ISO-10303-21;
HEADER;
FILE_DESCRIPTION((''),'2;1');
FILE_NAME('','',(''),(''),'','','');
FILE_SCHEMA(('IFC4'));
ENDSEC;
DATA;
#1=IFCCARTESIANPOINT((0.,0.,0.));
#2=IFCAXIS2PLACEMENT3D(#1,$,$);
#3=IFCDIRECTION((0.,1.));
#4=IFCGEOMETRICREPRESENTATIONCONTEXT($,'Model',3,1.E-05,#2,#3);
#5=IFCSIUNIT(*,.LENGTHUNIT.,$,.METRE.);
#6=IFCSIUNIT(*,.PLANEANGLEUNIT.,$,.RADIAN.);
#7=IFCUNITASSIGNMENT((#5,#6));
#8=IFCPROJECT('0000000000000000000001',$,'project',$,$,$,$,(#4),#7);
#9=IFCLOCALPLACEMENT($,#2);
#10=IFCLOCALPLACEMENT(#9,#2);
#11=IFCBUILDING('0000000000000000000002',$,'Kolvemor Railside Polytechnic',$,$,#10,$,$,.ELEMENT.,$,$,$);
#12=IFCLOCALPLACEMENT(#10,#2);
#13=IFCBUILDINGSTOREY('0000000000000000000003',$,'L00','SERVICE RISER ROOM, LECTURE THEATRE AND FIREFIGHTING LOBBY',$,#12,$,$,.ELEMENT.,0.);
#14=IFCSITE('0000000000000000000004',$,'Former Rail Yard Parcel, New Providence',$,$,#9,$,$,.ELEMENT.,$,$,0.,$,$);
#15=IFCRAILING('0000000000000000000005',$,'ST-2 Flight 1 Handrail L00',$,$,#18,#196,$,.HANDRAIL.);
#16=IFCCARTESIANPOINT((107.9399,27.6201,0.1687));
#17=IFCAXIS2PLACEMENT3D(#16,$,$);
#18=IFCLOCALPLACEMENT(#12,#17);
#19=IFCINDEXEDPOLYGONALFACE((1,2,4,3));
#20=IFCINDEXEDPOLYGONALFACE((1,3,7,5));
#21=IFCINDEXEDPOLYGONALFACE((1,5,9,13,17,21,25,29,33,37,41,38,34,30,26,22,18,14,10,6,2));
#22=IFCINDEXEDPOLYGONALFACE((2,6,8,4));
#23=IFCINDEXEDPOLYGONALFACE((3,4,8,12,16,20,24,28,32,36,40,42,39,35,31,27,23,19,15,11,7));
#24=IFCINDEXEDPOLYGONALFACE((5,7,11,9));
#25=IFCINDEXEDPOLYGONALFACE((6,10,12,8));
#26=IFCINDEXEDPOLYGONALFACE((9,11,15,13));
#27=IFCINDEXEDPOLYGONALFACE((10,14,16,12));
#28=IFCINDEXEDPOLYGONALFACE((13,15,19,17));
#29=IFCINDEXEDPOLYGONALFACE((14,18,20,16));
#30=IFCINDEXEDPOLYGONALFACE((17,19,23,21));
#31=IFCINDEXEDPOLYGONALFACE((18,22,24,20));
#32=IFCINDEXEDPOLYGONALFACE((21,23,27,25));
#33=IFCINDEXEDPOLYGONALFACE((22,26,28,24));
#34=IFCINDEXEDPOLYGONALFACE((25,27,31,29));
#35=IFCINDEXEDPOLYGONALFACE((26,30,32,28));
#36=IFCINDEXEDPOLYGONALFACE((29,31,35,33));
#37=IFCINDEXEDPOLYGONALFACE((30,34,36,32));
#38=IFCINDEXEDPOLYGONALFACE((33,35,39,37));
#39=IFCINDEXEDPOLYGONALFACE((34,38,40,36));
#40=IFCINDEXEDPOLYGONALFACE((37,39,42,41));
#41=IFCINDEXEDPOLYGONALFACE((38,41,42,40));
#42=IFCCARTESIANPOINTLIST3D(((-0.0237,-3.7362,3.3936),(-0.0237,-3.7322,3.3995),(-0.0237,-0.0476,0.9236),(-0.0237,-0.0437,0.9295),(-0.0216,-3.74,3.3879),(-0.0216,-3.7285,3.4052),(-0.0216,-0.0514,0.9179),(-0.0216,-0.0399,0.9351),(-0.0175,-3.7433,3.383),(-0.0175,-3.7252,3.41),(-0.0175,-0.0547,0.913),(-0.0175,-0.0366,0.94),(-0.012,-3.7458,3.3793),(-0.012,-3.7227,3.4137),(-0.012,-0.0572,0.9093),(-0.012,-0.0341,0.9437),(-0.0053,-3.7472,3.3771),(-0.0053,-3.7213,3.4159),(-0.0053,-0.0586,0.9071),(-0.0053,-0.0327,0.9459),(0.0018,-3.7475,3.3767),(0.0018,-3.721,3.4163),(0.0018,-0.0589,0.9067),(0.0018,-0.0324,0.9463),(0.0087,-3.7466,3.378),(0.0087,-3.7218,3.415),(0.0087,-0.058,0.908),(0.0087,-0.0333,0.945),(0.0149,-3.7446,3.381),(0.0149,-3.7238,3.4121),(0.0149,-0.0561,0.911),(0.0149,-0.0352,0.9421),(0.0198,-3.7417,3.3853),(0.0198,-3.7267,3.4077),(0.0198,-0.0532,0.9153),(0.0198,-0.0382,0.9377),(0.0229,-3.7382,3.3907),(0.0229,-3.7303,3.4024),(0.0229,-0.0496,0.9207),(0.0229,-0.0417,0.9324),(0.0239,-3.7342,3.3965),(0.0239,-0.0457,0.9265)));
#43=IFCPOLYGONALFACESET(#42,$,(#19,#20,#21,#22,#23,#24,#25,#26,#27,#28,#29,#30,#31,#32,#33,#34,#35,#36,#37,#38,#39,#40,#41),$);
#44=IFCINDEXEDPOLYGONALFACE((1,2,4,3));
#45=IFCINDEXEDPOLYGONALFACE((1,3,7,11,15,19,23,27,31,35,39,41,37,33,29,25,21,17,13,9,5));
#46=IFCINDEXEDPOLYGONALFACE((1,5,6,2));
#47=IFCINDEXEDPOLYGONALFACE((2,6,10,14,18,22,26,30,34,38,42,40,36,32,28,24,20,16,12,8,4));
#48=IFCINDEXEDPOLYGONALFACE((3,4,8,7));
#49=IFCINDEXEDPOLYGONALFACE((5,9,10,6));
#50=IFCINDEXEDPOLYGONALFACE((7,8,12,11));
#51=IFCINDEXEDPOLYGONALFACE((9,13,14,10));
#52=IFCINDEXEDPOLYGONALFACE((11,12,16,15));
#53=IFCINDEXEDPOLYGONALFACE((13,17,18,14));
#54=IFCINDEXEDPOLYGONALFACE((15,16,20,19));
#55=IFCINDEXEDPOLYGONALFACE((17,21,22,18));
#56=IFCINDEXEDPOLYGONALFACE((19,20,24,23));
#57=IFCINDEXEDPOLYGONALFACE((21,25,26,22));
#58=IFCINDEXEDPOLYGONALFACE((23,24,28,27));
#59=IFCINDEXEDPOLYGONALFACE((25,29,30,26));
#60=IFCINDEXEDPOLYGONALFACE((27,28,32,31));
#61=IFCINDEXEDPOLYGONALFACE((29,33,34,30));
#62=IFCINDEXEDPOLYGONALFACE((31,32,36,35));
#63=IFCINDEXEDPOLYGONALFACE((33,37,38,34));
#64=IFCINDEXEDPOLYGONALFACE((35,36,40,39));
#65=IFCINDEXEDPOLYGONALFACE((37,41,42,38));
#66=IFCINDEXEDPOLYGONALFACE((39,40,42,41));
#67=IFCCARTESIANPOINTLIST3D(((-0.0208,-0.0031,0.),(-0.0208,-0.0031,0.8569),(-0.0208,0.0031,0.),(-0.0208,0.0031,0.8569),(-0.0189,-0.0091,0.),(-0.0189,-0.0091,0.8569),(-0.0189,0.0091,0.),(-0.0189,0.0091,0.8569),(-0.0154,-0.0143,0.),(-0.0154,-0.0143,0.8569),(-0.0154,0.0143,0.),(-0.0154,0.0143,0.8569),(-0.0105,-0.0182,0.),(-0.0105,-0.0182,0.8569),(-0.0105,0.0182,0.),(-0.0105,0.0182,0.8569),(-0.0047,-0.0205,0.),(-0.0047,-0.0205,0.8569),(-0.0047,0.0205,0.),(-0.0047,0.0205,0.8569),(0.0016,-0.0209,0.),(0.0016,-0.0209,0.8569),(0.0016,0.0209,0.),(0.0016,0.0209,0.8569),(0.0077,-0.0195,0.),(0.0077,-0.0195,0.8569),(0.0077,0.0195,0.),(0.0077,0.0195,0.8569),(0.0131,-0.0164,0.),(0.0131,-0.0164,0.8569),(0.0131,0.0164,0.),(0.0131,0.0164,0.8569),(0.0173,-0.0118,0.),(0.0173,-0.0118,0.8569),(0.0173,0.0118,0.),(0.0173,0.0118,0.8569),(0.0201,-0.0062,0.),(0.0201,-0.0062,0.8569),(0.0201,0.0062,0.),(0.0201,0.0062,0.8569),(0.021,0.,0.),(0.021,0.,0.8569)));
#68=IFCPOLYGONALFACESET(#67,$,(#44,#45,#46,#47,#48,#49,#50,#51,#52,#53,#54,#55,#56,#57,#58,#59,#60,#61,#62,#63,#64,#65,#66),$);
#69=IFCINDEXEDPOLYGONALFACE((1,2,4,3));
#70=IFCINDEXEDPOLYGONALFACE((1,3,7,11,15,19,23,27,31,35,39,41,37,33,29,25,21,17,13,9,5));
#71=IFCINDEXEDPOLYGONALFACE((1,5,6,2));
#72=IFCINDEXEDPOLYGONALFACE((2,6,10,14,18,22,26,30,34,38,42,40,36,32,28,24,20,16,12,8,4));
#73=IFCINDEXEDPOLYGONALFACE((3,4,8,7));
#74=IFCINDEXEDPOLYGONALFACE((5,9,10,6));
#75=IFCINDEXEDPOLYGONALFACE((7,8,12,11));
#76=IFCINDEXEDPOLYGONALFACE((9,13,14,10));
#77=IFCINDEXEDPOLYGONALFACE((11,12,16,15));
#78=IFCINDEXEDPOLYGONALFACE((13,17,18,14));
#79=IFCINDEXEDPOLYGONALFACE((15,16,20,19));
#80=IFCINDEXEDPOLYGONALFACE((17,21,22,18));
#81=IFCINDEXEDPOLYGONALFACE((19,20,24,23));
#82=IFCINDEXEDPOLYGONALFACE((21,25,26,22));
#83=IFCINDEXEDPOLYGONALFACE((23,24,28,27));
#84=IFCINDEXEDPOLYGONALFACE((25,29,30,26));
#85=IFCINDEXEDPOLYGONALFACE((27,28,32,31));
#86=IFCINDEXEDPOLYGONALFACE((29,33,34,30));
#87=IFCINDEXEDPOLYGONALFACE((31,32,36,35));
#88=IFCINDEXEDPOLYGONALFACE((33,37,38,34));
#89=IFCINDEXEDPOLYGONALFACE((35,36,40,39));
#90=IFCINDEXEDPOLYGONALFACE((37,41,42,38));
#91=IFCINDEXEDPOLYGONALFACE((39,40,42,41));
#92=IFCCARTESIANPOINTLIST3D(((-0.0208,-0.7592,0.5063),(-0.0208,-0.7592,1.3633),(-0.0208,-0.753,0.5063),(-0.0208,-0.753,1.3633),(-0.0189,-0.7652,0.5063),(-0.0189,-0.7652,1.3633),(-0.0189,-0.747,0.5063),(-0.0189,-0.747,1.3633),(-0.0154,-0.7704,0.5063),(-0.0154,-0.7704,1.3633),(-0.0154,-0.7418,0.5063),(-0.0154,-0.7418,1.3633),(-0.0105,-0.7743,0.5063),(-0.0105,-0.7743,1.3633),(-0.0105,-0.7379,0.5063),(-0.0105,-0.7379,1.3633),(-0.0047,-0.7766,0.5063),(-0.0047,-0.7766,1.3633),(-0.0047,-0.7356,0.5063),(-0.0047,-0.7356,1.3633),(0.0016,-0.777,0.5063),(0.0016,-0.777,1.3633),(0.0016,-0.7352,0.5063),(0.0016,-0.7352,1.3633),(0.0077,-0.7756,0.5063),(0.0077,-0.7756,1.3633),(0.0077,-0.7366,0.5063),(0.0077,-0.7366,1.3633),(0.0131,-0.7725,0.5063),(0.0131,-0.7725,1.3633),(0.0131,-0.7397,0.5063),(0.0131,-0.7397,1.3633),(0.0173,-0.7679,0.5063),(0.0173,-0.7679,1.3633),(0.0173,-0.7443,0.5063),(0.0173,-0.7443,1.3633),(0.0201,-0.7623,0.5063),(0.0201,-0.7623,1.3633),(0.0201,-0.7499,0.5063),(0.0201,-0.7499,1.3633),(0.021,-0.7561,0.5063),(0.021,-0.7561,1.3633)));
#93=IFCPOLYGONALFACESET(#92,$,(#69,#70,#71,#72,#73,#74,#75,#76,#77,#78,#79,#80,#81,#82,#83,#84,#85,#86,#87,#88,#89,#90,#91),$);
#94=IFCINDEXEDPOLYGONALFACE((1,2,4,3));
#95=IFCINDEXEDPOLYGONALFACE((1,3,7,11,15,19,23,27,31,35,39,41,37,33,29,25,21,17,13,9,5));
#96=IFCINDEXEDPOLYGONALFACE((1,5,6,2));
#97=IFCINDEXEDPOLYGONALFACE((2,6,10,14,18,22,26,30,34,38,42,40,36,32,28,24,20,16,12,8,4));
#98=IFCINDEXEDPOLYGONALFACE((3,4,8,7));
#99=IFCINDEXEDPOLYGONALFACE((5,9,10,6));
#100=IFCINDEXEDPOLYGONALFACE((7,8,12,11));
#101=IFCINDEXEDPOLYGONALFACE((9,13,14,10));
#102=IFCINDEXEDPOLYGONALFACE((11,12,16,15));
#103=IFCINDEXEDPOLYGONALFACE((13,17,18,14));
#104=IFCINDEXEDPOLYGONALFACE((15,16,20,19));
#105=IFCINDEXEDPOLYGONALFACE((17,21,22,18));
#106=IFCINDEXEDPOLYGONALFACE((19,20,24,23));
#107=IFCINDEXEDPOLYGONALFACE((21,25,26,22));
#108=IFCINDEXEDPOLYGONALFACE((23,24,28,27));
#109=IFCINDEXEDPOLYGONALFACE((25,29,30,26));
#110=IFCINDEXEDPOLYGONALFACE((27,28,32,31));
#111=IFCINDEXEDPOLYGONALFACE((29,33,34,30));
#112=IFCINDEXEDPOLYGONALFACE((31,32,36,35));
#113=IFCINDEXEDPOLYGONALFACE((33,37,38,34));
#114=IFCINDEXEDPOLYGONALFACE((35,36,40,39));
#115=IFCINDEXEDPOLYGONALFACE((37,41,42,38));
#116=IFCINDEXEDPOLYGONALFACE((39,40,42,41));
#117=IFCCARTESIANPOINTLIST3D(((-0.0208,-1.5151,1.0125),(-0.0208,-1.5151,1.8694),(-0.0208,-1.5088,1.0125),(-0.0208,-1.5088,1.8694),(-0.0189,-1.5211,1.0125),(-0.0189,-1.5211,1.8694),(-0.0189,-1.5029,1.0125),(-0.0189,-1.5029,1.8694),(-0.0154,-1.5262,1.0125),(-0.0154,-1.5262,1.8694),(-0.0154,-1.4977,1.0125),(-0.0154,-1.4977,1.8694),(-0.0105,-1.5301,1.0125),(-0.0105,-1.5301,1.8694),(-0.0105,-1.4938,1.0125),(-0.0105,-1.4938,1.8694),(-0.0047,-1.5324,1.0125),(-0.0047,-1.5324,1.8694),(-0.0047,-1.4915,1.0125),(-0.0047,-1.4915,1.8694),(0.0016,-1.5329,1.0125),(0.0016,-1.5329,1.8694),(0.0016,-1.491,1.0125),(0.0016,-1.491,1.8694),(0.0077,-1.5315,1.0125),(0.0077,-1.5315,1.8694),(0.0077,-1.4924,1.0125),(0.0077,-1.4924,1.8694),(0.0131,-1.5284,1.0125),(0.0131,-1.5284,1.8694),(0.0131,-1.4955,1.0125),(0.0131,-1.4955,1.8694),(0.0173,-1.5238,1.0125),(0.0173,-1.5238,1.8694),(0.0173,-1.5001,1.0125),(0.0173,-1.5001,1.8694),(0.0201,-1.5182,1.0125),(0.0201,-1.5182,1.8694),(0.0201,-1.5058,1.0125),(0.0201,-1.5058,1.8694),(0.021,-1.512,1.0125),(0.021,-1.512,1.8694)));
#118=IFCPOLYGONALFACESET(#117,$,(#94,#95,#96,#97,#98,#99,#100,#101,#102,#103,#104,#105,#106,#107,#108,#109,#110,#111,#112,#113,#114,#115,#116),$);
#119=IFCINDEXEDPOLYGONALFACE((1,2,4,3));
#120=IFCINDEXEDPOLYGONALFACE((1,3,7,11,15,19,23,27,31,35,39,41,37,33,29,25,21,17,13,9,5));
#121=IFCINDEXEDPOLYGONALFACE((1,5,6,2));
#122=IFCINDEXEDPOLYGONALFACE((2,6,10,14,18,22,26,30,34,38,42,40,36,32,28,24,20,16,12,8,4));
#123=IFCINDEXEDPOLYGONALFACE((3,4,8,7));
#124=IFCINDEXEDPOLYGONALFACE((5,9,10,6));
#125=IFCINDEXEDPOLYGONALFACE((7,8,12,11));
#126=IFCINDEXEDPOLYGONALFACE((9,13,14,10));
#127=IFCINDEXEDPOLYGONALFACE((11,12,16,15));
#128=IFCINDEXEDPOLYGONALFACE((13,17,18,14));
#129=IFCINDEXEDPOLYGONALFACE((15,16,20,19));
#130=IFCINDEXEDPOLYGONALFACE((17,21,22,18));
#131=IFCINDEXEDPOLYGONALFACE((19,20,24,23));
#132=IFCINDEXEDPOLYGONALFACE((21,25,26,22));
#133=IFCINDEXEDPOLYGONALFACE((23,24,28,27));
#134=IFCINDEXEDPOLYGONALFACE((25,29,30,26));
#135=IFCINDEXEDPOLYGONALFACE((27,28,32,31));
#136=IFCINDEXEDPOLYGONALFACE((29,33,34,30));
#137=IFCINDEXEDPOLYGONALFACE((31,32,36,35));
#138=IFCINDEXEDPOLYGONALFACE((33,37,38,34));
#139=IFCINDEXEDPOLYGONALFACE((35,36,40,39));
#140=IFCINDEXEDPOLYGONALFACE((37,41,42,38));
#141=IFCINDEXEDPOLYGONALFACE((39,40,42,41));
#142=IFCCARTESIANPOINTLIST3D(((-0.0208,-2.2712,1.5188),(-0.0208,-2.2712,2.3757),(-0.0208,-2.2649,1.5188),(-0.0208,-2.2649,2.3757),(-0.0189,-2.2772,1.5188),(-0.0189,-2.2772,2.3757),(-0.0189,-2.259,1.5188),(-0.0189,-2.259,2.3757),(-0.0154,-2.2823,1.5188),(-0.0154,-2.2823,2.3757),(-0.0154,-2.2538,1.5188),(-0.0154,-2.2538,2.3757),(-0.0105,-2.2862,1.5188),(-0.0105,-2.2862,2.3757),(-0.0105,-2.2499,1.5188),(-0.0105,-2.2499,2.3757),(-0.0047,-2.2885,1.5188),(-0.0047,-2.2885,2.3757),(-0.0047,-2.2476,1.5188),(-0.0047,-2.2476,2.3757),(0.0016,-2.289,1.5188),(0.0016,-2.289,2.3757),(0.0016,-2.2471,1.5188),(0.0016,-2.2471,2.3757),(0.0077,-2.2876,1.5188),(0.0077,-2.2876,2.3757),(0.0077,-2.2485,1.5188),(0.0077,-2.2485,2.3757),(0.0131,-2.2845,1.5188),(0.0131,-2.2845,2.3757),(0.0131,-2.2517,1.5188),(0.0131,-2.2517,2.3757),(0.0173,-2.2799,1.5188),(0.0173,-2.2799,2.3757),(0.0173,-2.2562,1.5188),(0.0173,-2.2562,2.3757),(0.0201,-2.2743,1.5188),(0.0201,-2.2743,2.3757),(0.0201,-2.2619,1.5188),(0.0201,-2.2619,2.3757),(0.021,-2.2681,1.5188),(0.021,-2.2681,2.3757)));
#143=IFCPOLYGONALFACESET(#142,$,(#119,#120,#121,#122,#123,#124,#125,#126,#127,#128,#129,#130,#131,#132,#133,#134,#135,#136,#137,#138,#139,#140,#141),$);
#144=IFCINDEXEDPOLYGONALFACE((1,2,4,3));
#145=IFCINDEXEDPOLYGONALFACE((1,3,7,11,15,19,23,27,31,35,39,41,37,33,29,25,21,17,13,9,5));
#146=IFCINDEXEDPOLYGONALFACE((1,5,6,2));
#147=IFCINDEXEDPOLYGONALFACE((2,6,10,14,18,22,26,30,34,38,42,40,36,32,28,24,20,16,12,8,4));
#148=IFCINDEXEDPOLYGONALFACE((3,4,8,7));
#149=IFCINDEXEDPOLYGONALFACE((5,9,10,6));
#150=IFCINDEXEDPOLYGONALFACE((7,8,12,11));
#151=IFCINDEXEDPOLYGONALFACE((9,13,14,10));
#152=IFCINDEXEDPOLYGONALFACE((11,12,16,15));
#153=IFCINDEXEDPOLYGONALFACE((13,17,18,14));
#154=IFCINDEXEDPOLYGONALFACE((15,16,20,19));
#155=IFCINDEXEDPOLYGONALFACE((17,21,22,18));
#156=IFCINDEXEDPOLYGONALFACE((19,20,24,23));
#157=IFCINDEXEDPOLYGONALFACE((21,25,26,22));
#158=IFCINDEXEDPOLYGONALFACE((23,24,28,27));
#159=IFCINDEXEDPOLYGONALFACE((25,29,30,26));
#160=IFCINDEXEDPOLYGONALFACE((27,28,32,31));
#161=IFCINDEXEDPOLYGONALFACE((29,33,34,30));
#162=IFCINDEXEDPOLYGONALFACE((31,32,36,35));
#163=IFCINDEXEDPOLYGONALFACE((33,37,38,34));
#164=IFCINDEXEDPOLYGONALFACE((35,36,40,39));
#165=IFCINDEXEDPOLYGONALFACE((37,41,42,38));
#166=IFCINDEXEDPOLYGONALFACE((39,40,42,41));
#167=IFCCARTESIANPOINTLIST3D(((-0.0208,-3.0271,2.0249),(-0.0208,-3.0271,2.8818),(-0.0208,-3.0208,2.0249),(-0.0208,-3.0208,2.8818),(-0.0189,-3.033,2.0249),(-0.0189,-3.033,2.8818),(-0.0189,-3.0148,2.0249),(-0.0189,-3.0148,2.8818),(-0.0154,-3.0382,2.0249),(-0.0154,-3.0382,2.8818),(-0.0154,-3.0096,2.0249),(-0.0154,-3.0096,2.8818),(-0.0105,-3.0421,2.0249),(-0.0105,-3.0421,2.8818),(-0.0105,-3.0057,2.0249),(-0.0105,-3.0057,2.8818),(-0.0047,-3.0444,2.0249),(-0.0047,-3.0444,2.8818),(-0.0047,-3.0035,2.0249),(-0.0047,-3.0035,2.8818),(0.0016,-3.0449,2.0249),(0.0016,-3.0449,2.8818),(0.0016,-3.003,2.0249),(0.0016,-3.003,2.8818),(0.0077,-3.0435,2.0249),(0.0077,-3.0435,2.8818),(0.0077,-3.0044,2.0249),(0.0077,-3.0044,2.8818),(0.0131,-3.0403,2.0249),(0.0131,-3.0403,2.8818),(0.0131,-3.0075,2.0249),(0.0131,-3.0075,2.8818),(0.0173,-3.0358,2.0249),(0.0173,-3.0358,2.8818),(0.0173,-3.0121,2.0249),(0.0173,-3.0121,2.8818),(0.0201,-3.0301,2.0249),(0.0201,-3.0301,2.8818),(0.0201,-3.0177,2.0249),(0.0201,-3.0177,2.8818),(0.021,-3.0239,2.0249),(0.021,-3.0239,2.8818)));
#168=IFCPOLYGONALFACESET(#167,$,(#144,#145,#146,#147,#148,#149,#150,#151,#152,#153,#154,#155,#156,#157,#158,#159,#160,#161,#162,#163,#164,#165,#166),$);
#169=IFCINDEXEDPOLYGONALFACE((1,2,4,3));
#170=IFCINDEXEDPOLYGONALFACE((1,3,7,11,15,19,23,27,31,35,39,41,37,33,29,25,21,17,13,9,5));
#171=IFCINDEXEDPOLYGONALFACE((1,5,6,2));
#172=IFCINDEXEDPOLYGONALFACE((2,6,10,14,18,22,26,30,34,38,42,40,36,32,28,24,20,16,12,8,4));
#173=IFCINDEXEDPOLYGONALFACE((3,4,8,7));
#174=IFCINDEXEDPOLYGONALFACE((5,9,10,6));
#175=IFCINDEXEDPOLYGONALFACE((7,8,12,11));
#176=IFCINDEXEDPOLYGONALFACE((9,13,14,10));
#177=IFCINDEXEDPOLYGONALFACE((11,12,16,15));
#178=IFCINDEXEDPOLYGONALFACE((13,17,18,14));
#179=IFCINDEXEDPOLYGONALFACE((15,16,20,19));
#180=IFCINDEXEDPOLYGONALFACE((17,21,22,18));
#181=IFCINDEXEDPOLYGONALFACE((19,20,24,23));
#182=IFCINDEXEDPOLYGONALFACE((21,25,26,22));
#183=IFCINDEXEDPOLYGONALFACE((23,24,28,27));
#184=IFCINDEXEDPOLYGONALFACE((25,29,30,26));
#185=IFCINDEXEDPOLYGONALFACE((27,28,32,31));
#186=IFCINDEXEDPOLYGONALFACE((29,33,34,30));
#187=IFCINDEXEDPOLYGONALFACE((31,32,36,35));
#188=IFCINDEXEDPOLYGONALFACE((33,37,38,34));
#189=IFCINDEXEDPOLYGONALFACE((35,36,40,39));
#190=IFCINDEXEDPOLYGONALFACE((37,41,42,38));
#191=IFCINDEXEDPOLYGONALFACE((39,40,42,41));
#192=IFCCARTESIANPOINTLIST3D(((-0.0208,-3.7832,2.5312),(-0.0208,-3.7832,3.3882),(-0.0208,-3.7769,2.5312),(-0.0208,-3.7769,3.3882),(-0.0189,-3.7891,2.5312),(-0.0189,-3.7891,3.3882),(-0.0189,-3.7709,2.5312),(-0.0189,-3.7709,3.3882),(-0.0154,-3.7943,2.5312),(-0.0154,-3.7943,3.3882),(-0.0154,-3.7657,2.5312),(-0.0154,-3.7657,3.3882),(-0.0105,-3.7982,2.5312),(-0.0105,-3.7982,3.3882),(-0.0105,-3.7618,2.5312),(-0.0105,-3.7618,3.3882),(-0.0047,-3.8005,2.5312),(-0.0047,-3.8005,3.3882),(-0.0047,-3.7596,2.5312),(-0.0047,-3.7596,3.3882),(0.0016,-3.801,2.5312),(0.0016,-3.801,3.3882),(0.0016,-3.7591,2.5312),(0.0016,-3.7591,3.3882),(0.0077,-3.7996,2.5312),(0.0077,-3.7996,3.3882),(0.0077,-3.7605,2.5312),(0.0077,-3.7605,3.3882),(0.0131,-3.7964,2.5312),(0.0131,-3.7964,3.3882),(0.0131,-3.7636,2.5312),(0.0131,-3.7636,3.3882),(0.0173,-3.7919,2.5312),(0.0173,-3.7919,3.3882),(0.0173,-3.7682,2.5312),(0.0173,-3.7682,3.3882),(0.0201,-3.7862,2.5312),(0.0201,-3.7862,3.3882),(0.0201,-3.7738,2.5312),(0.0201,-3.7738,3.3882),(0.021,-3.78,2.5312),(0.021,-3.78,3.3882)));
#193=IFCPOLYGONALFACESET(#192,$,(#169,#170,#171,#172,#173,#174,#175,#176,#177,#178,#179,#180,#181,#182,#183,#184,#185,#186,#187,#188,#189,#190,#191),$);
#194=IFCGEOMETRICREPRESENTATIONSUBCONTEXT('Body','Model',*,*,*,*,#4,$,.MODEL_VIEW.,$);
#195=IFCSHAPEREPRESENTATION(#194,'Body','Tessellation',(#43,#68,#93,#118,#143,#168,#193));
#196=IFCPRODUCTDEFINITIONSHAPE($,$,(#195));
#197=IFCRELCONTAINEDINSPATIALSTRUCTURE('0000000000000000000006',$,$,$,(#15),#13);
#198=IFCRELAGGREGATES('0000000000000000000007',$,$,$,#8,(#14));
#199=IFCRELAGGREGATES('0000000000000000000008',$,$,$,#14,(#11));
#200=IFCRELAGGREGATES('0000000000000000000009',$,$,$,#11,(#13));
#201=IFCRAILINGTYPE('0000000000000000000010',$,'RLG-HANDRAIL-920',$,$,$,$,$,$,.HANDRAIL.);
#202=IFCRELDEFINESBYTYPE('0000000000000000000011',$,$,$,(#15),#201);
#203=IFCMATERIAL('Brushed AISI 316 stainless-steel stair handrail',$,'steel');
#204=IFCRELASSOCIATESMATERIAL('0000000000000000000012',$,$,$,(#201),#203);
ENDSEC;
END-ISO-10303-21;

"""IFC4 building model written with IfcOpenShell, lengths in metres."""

from ifc_helpers import new_model, si_unit, direction, frame, origin, origin_2d, place, context, subcontext, project, spatial, circle, extrude, material, type_object, element, save


model = new_model("IFC4")

# Units and contexts
model_context = context("Model", 3, precision=1e-05, world=origin(), true_north=direction((0.0, 1.0)))
body_context = subcontext(model_context, "Body", "Model", "MODEL_VIEW")
ifc_project = project(units=[si_unit("LENGTHUNIT", "METRE"), si_unit("PLANEANGLEUNIT", "RADIAN")], contexts=[model_context])

# Site, building, storey
site_placement = place(None, origin())
site = spatial("IfcSite", under=ifc_project, at=site_placement, Name="Former Rail Yard Parcel, New Providence", CompositionType="ELEMENT", RefElevation=0.0)
building_placement = place(site_placement, origin())
building = spatial("IfcBuilding", under=site, at=building_placement, Name="Kolvemor Railside Polytechnic", CompositionType="ELEMENT")
storey_placement = place(building_placement, origin())
storey = spatial("IfcBuildingStorey", under=building, at=storey_placement, Name="L00", Description="SERVICE RISER ROOM, LECTURE THEATRE AND FIREFIGHTING LOBBY", CompositionType="ELEMENT", Elevation=0.0)

# Railing
ifc_material_1 = material(Name="Brushed AISI 316 stainless-steel stair handrail", Category="steel")
railing_type_1 = type_object("IfcRailingType", Name="RLG-HANDRAIL-920", PredefinedType="HANDRAIL", material=ifc_material_1)
railing_1_placement = place(storey_placement, frame((107.9399, 27.6201, 0.1687)))
element("IfcRailing", 1, at=railing_1_placement, inside=storey, type_object=railing_type_1, Name="ST-2 Flight 1 Handrail L00", PredefinedType="HANDRAIL", context=body_context, shape_type="SweptSolid", body=[
    extrude(circle(Radius=0.0239, at=origin_2d()), frame((0.0, -0.0457, 0.9265), z_axis=(0.0, -0.830909, 0.556408), x_axis=(1.0, 0.0, 0.0)), (0.0, 0.0, 1.0), 4.4392),
    extrude(circle(Radius=0.021, at=origin_2d()), origin(), (0.0, 0.0, 1.0), 0.8569),
    extrude(circle(Radius=0.021, at=origin_2d()), frame((0.0, -0.7561, 0.5063)), (0.0, 0.0, 1.0), 0.8569),
    extrude(circle(Radius=0.021, at=origin_2d()), frame((0.0, -1.512, 1.0125)), (0.0, 0.0, 1.0), 0.8569),
    extrude(circle(Radius=0.021, at=origin_2d()), frame((0.0, -2.2681, 1.5188)), (0.0, 0.0, 1.0), 0.8569),
    extrude(circle(Radius=0.021, at=origin_2d()), frame((0.0, -3.0239, 2.0249)), (0.0, 0.0, 1.0), 0.8569),
    extrude(circle(Radius=0.021, at=origin_2d()), frame((0.0, -3.78, 2.5312)), (0.0, 0.0, 1.0), 0.8569),
])

save(model, "model.ifc")
